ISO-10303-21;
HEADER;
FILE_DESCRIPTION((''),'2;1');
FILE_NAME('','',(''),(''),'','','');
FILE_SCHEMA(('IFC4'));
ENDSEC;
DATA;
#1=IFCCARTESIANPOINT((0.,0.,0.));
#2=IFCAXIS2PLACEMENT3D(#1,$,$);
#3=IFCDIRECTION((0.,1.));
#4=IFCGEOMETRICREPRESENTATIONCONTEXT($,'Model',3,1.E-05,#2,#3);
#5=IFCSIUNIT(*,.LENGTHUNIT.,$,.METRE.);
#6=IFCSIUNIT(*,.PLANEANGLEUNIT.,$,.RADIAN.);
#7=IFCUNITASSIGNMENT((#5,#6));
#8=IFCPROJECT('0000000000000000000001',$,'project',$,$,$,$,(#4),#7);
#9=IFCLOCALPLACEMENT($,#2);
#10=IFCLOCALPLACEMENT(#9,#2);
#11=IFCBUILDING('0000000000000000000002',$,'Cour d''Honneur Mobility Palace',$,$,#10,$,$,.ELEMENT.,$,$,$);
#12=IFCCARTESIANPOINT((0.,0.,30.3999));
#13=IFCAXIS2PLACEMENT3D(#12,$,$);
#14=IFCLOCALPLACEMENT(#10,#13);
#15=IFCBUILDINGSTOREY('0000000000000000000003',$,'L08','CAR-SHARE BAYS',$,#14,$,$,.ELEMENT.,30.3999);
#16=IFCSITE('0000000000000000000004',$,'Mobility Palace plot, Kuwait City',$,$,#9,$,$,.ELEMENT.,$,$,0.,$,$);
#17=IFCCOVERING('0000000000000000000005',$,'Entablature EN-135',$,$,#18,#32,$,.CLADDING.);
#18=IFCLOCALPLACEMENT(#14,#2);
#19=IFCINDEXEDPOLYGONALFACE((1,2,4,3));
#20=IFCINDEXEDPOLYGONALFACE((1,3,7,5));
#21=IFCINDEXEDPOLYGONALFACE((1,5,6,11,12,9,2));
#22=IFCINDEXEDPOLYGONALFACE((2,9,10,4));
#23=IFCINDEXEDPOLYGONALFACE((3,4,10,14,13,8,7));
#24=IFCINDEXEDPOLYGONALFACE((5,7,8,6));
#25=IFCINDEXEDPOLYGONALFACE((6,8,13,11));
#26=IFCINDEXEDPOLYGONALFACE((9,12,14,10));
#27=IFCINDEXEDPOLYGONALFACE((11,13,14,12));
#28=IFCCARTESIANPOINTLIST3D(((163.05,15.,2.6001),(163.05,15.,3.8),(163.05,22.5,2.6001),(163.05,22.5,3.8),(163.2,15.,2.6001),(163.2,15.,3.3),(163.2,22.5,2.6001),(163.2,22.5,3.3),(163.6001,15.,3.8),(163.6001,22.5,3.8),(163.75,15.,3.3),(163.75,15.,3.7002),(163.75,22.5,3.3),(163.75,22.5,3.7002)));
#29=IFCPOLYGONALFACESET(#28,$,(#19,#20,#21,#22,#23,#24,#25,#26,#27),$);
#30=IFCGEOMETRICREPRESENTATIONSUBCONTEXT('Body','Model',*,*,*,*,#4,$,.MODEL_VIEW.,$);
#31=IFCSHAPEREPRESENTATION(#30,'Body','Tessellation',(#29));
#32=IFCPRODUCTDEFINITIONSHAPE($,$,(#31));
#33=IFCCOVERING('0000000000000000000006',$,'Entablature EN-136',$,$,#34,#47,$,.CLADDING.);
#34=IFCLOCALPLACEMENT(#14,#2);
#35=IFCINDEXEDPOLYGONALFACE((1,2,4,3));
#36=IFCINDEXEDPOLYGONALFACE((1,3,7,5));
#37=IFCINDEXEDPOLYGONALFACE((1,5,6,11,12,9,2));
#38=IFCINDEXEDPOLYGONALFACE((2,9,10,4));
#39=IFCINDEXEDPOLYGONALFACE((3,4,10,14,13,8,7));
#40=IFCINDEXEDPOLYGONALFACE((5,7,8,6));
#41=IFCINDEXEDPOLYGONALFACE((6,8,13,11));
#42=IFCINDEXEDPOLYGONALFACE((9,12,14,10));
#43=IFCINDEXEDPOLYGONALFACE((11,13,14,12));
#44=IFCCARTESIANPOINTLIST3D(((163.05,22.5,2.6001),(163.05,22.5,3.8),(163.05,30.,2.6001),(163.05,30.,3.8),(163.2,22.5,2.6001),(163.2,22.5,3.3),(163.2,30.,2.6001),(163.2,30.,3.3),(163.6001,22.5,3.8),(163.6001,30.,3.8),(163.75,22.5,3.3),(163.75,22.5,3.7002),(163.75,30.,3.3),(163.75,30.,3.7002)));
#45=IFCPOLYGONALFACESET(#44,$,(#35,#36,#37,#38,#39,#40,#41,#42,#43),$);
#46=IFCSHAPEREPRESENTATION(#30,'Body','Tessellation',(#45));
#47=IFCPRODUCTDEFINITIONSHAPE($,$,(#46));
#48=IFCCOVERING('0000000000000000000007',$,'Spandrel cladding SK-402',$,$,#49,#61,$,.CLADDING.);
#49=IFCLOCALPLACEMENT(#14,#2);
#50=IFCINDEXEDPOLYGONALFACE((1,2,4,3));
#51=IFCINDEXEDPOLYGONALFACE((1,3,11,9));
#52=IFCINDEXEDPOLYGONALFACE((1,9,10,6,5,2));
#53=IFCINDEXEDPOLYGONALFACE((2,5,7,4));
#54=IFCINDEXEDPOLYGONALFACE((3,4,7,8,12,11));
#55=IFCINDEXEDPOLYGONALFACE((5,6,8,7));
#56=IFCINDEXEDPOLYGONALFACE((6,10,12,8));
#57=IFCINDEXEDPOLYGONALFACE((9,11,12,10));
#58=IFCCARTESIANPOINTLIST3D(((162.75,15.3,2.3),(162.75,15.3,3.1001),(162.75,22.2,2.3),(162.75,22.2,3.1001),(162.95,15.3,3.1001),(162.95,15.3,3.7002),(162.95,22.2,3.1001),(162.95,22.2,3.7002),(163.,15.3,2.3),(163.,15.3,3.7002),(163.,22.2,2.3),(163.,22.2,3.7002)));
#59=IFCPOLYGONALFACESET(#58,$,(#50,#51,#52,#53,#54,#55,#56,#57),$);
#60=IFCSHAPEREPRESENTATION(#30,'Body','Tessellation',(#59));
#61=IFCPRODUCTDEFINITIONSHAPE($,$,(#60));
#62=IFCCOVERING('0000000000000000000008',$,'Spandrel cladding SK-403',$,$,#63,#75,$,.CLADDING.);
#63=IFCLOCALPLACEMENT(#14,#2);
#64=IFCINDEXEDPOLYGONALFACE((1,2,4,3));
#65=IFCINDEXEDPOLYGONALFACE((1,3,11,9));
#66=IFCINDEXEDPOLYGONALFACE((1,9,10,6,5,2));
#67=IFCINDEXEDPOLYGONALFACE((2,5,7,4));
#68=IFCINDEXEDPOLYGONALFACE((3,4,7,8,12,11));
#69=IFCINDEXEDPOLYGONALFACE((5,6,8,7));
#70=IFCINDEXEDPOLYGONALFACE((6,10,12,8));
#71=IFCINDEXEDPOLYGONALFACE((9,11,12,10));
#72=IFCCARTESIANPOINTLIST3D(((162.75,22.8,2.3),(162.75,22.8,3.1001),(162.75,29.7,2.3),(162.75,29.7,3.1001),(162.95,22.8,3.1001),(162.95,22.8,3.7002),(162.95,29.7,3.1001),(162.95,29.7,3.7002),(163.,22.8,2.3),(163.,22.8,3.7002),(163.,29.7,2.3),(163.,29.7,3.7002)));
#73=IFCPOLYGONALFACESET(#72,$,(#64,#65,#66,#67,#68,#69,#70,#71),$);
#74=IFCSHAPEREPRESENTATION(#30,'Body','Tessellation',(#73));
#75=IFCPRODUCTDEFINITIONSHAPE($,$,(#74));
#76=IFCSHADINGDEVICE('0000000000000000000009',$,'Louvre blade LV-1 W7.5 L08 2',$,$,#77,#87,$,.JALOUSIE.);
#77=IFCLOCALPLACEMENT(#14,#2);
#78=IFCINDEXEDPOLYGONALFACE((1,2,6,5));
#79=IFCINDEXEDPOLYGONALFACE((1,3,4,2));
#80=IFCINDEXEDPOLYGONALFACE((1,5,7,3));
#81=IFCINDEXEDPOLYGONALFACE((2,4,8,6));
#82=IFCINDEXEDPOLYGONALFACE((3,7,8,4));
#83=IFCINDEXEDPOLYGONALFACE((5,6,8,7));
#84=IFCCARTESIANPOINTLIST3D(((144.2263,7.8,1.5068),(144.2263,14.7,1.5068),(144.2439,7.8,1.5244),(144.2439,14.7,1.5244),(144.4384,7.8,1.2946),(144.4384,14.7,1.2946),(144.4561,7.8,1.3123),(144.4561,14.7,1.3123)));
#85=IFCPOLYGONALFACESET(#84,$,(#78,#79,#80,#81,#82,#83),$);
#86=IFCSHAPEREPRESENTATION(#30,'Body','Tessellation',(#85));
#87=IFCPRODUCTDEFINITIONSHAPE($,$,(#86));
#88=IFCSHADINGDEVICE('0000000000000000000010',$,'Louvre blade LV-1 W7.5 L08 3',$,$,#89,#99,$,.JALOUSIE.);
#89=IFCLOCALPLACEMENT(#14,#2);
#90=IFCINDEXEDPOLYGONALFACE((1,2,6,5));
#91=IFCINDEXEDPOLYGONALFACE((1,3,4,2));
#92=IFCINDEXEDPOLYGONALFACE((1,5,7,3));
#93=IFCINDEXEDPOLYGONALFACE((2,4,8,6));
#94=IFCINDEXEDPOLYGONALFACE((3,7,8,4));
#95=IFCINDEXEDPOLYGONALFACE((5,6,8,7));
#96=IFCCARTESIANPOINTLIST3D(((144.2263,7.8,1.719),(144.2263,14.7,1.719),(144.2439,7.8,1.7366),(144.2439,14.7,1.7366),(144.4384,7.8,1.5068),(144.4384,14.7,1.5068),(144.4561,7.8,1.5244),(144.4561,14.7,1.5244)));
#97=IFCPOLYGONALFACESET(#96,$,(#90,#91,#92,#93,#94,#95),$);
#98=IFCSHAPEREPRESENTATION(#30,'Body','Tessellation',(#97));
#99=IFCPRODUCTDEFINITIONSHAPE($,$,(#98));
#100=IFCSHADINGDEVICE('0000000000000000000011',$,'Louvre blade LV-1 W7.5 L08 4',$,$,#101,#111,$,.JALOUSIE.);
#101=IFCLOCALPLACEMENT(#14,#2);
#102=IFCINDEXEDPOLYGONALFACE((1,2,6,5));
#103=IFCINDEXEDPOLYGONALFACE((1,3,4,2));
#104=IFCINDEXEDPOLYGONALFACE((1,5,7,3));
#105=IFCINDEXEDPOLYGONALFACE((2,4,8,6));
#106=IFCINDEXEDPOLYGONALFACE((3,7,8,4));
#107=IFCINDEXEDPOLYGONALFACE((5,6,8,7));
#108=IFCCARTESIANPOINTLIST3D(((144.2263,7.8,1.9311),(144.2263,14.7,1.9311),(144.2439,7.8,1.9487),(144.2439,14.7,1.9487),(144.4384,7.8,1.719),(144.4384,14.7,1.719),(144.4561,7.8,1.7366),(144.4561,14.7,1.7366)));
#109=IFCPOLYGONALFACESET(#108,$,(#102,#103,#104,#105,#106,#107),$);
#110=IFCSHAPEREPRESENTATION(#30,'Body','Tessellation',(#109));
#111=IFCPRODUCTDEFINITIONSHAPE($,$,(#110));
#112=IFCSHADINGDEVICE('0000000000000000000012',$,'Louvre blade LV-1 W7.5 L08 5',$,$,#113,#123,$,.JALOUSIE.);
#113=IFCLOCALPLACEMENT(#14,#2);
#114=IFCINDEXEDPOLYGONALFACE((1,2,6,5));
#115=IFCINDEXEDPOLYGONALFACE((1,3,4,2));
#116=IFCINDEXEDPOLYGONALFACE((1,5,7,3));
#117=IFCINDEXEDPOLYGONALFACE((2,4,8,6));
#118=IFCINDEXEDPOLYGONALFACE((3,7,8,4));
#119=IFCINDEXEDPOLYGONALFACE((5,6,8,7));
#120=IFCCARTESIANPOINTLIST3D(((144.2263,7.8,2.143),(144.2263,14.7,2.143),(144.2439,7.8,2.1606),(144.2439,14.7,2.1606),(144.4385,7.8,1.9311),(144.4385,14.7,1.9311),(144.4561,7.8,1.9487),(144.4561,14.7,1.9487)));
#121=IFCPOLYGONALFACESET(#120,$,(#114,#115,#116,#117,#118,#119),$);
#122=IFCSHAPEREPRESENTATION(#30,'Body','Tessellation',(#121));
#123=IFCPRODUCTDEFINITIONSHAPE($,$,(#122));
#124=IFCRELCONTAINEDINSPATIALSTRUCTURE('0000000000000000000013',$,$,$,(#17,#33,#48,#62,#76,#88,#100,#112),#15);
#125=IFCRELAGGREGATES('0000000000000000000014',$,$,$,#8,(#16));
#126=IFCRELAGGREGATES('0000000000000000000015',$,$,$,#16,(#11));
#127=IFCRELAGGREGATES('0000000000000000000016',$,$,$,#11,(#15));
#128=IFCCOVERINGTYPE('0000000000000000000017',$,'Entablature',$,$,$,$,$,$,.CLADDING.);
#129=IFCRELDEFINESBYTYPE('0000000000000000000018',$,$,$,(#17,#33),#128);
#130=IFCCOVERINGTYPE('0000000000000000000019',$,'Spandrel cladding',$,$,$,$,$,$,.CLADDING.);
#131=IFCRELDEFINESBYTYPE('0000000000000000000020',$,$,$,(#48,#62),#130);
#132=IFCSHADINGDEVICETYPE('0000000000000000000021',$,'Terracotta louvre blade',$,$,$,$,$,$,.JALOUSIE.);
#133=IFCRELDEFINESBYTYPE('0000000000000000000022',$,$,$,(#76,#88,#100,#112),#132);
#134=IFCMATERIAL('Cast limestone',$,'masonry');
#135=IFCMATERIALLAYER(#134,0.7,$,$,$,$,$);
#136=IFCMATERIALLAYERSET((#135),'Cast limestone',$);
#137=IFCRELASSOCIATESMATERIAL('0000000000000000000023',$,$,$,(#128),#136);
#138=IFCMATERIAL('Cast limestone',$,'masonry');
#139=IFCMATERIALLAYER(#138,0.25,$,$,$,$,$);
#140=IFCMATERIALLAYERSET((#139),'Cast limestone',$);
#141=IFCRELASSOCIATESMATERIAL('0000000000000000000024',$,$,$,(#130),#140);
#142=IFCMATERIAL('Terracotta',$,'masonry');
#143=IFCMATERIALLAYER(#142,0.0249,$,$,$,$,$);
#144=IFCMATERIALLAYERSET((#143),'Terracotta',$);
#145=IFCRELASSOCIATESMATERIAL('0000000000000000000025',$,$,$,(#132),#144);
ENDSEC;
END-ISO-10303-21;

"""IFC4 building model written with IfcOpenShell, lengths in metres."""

from ifc_helpers import new_model, si_unit, direction, frame, origin, place, context, subcontext, project, spatial, polyline, outline, extrude, material, layer, layer_set, type_object, element, save


model = new_model("IFC4")

# Units and contexts
model_context = context("Model", 3, precision=1e-05, world=origin(), true_north=direction((0.0, 1.0)))
body_context = subcontext(model_context, "Body", "Model", "MODEL_VIEW")
ifc_project = project(units=[si_unit("LENGTHUNIT", "METRE"), si_unit("PLANEANGLEUNIT", "RADIAN")], contexts=[model_context])

# Site, building, storey
site_placement = place(None, origin())
site = spatial("IfcSite", under=ifc_project, at=site_placement, Name="Mobility Palace plot, Kuwait City", CompositionType="ELEMENT", RefElevation=0.0)
building_placement = place(site_placement, origin())
building = spatial("IfcBuilding", under=site, at=building_placement, Name="Cour d'Honneur Mobility Palace", CompositionType="ELEMENT")
storey_placement = place(building_placement, frame((0.0, 0.0, 30.3999)))
storey = spatial("IfcBuildingStorey", under=building, at=storey_placement, Name="L08", Description="CAR-SHARE BAYS", CompositionType="ELEMENT", Elevation=30.3999)

# Coverings
ifc_material_1 = material(Name="Cast limestone", Category="masonry")
ifc_layer_1 = layer(ifc_material_1, 0.7)
ifc_layer_set_1 = layer_set([ifc_layer_1], Name="Cast limestone")
covering_type_1 = type_object("IfcCoveringType", Name="Entablature", PredefinedType="CLADDING", material=ifc_layer_set_1)
for number, where, z_axis, x_axis, name in (
    (1, (163.05, 15.0, 2.6001), (0.0, -1.0, 0.0), (1.0, 0.0, 0.0), "Entablature EN-135"),
    (2, (163.05, 22.5, 2.6001), (0.0, -1.0, 0.0), (1.0, 0.0, 0.0), "Entablature EN-136"),
):
    element("IfcCovering", number, at=place(storey_placement, frame(where, z_axis=z_axis, x_axis=x_axis)), inside=storey, type_object=covering_type_1, Name=name, PredefinedType="CLADDING", context=body_context, shape_type="SweptSolid", body=[
        extrude(outline(polyline([(0.0, 0.0), (0.1499, 0.0), (0.1499, 0.7), (0.7, 0.7), (0.7, 1.1001), (0.55, 1.2), (0.0, 1.2), (0.0, 0.0)])), origin(), (0.0, 0.0, -1.0), 7.5),
    ])
ifc_material_2 = material(Name="Cast limestone", Category="masonry")
ifc_layer_2 = layer(ifc_material_2, 0.25)
ifc_layer_set_2 = layer_set([ifc_layer_2], Name="Cast limestone")
covering_type_2 = type_object("IfcCoveringType", Name="Spandrel cladding", PredefinedType="CLADDING", material=ifc_layer_set_2)
for number, where, z_axis, x_axis, name in (
    (3, (162.75, 15.3, 2.3), (0.0, -1.0, 0.0), (1.0, 0.0, 0.0), "Spandrel cladding SK-402"),
    (4, (162.75, 22.8, 2.3), (0.0, -1.0, 0.0), (1.0, 0.0, 0.0), "Spandrel cladding SK-403"),
):
    element("IfcCovering", number, at=place(storey_placement, frame(where, z_axis=z_axis, x_axis=x_axis)), inside=storey, type_object=covering_type_2, Name=name, PredefinedType="CLADDING", context=body_context, shape_type="SweptSolid", body=[
        extrude(outline(polyline([(0.0, 0.0), (0.25, 0.0), (0.25, 1.4001), (0.2, 1.4001), (0.2, 0.8), (0.0, 0.8), (0.0, 0.0)])), origin(), (0.0, 0.0, -1.0), 6.8999),
    ])

# Shading devices
ifc_material_3 = material(Name="Terracotta", Category="masonry")
ifc_layer_3 = layer(ifc_material_3, 0.0249)
ifc_layer_set_3 = layer_set([ifc_layer_3], Name="Terracotta")
shading_device_type = type_object("IfcShadingDeviceType", Name="Terracotta louvre blade", PredefinedType="JALOUSIE", material=ifc_layer_set_3)
for number, where, z_axis, x_axis, name in (
    (5, (144.4561, 14.7, 1.3123), (0.707107, 0.0, 0.707107), (0.0, -1.0, 0.0), "Louvre blade LV-1 W7.5 L08 2"),
    (6, (144.4561, 14.7, 1.5244), (0.707107, 0.0, 0.707107), (0.0, -1.0, 0.0), "Louvre blade LV-1 W7.5 L08 3"),
    (7, (144.4561, 14.7, 1.7366), (0.707107, 0.0, 0.707107), (0.0, -1.0, 0.0), "Louvre blade LV-1 W7.5 L08 4"),
):
    element("IfcShadingDevice", number, at=place(storey_placement, frame(where, z_axis=z_axis, x_axis=x_axis)), inside=storey, type_object=shading_device_type, Name=name, PredefinedType="JALOUSIE", context=body_context, shape_type="SweptSolid", body=[
        extrude(outline(polyline([(0.0, 0.0), (6.8999, 0.0), (6.8999, -0.3), (0.0, -0.3), (0.0, 0.0)])), origin(), (0.0, 0.0, -1.0), 0.0249),
    ])
shading_device_placement = place(storey_placement, frame((144.4561, 14.7, 1.9487), z_axis=(0.7067, 0.0, 0.707514), x_axis=(0.0, -1.0, 0.0)))
element("IfcShadingDevice", 8, at=shading_device_placement, inside=storey, type_object=shading_device_type, Name="Louvre blade LV-1 W7.5 L08 5", PredefinedType="JALOUSIE", context=body_context, shape_type="SweptSolid", body=[
    extrude(outline(polyline([(0.0, 0.0), (6.8999, 0.0), (6.8999, -0.2999), (0.0, -0.2999), (0.0, 0.0)])), origin(), (0.0, 0.0, -1.0), 0.0249),
])

save(model, "model.ifc")
